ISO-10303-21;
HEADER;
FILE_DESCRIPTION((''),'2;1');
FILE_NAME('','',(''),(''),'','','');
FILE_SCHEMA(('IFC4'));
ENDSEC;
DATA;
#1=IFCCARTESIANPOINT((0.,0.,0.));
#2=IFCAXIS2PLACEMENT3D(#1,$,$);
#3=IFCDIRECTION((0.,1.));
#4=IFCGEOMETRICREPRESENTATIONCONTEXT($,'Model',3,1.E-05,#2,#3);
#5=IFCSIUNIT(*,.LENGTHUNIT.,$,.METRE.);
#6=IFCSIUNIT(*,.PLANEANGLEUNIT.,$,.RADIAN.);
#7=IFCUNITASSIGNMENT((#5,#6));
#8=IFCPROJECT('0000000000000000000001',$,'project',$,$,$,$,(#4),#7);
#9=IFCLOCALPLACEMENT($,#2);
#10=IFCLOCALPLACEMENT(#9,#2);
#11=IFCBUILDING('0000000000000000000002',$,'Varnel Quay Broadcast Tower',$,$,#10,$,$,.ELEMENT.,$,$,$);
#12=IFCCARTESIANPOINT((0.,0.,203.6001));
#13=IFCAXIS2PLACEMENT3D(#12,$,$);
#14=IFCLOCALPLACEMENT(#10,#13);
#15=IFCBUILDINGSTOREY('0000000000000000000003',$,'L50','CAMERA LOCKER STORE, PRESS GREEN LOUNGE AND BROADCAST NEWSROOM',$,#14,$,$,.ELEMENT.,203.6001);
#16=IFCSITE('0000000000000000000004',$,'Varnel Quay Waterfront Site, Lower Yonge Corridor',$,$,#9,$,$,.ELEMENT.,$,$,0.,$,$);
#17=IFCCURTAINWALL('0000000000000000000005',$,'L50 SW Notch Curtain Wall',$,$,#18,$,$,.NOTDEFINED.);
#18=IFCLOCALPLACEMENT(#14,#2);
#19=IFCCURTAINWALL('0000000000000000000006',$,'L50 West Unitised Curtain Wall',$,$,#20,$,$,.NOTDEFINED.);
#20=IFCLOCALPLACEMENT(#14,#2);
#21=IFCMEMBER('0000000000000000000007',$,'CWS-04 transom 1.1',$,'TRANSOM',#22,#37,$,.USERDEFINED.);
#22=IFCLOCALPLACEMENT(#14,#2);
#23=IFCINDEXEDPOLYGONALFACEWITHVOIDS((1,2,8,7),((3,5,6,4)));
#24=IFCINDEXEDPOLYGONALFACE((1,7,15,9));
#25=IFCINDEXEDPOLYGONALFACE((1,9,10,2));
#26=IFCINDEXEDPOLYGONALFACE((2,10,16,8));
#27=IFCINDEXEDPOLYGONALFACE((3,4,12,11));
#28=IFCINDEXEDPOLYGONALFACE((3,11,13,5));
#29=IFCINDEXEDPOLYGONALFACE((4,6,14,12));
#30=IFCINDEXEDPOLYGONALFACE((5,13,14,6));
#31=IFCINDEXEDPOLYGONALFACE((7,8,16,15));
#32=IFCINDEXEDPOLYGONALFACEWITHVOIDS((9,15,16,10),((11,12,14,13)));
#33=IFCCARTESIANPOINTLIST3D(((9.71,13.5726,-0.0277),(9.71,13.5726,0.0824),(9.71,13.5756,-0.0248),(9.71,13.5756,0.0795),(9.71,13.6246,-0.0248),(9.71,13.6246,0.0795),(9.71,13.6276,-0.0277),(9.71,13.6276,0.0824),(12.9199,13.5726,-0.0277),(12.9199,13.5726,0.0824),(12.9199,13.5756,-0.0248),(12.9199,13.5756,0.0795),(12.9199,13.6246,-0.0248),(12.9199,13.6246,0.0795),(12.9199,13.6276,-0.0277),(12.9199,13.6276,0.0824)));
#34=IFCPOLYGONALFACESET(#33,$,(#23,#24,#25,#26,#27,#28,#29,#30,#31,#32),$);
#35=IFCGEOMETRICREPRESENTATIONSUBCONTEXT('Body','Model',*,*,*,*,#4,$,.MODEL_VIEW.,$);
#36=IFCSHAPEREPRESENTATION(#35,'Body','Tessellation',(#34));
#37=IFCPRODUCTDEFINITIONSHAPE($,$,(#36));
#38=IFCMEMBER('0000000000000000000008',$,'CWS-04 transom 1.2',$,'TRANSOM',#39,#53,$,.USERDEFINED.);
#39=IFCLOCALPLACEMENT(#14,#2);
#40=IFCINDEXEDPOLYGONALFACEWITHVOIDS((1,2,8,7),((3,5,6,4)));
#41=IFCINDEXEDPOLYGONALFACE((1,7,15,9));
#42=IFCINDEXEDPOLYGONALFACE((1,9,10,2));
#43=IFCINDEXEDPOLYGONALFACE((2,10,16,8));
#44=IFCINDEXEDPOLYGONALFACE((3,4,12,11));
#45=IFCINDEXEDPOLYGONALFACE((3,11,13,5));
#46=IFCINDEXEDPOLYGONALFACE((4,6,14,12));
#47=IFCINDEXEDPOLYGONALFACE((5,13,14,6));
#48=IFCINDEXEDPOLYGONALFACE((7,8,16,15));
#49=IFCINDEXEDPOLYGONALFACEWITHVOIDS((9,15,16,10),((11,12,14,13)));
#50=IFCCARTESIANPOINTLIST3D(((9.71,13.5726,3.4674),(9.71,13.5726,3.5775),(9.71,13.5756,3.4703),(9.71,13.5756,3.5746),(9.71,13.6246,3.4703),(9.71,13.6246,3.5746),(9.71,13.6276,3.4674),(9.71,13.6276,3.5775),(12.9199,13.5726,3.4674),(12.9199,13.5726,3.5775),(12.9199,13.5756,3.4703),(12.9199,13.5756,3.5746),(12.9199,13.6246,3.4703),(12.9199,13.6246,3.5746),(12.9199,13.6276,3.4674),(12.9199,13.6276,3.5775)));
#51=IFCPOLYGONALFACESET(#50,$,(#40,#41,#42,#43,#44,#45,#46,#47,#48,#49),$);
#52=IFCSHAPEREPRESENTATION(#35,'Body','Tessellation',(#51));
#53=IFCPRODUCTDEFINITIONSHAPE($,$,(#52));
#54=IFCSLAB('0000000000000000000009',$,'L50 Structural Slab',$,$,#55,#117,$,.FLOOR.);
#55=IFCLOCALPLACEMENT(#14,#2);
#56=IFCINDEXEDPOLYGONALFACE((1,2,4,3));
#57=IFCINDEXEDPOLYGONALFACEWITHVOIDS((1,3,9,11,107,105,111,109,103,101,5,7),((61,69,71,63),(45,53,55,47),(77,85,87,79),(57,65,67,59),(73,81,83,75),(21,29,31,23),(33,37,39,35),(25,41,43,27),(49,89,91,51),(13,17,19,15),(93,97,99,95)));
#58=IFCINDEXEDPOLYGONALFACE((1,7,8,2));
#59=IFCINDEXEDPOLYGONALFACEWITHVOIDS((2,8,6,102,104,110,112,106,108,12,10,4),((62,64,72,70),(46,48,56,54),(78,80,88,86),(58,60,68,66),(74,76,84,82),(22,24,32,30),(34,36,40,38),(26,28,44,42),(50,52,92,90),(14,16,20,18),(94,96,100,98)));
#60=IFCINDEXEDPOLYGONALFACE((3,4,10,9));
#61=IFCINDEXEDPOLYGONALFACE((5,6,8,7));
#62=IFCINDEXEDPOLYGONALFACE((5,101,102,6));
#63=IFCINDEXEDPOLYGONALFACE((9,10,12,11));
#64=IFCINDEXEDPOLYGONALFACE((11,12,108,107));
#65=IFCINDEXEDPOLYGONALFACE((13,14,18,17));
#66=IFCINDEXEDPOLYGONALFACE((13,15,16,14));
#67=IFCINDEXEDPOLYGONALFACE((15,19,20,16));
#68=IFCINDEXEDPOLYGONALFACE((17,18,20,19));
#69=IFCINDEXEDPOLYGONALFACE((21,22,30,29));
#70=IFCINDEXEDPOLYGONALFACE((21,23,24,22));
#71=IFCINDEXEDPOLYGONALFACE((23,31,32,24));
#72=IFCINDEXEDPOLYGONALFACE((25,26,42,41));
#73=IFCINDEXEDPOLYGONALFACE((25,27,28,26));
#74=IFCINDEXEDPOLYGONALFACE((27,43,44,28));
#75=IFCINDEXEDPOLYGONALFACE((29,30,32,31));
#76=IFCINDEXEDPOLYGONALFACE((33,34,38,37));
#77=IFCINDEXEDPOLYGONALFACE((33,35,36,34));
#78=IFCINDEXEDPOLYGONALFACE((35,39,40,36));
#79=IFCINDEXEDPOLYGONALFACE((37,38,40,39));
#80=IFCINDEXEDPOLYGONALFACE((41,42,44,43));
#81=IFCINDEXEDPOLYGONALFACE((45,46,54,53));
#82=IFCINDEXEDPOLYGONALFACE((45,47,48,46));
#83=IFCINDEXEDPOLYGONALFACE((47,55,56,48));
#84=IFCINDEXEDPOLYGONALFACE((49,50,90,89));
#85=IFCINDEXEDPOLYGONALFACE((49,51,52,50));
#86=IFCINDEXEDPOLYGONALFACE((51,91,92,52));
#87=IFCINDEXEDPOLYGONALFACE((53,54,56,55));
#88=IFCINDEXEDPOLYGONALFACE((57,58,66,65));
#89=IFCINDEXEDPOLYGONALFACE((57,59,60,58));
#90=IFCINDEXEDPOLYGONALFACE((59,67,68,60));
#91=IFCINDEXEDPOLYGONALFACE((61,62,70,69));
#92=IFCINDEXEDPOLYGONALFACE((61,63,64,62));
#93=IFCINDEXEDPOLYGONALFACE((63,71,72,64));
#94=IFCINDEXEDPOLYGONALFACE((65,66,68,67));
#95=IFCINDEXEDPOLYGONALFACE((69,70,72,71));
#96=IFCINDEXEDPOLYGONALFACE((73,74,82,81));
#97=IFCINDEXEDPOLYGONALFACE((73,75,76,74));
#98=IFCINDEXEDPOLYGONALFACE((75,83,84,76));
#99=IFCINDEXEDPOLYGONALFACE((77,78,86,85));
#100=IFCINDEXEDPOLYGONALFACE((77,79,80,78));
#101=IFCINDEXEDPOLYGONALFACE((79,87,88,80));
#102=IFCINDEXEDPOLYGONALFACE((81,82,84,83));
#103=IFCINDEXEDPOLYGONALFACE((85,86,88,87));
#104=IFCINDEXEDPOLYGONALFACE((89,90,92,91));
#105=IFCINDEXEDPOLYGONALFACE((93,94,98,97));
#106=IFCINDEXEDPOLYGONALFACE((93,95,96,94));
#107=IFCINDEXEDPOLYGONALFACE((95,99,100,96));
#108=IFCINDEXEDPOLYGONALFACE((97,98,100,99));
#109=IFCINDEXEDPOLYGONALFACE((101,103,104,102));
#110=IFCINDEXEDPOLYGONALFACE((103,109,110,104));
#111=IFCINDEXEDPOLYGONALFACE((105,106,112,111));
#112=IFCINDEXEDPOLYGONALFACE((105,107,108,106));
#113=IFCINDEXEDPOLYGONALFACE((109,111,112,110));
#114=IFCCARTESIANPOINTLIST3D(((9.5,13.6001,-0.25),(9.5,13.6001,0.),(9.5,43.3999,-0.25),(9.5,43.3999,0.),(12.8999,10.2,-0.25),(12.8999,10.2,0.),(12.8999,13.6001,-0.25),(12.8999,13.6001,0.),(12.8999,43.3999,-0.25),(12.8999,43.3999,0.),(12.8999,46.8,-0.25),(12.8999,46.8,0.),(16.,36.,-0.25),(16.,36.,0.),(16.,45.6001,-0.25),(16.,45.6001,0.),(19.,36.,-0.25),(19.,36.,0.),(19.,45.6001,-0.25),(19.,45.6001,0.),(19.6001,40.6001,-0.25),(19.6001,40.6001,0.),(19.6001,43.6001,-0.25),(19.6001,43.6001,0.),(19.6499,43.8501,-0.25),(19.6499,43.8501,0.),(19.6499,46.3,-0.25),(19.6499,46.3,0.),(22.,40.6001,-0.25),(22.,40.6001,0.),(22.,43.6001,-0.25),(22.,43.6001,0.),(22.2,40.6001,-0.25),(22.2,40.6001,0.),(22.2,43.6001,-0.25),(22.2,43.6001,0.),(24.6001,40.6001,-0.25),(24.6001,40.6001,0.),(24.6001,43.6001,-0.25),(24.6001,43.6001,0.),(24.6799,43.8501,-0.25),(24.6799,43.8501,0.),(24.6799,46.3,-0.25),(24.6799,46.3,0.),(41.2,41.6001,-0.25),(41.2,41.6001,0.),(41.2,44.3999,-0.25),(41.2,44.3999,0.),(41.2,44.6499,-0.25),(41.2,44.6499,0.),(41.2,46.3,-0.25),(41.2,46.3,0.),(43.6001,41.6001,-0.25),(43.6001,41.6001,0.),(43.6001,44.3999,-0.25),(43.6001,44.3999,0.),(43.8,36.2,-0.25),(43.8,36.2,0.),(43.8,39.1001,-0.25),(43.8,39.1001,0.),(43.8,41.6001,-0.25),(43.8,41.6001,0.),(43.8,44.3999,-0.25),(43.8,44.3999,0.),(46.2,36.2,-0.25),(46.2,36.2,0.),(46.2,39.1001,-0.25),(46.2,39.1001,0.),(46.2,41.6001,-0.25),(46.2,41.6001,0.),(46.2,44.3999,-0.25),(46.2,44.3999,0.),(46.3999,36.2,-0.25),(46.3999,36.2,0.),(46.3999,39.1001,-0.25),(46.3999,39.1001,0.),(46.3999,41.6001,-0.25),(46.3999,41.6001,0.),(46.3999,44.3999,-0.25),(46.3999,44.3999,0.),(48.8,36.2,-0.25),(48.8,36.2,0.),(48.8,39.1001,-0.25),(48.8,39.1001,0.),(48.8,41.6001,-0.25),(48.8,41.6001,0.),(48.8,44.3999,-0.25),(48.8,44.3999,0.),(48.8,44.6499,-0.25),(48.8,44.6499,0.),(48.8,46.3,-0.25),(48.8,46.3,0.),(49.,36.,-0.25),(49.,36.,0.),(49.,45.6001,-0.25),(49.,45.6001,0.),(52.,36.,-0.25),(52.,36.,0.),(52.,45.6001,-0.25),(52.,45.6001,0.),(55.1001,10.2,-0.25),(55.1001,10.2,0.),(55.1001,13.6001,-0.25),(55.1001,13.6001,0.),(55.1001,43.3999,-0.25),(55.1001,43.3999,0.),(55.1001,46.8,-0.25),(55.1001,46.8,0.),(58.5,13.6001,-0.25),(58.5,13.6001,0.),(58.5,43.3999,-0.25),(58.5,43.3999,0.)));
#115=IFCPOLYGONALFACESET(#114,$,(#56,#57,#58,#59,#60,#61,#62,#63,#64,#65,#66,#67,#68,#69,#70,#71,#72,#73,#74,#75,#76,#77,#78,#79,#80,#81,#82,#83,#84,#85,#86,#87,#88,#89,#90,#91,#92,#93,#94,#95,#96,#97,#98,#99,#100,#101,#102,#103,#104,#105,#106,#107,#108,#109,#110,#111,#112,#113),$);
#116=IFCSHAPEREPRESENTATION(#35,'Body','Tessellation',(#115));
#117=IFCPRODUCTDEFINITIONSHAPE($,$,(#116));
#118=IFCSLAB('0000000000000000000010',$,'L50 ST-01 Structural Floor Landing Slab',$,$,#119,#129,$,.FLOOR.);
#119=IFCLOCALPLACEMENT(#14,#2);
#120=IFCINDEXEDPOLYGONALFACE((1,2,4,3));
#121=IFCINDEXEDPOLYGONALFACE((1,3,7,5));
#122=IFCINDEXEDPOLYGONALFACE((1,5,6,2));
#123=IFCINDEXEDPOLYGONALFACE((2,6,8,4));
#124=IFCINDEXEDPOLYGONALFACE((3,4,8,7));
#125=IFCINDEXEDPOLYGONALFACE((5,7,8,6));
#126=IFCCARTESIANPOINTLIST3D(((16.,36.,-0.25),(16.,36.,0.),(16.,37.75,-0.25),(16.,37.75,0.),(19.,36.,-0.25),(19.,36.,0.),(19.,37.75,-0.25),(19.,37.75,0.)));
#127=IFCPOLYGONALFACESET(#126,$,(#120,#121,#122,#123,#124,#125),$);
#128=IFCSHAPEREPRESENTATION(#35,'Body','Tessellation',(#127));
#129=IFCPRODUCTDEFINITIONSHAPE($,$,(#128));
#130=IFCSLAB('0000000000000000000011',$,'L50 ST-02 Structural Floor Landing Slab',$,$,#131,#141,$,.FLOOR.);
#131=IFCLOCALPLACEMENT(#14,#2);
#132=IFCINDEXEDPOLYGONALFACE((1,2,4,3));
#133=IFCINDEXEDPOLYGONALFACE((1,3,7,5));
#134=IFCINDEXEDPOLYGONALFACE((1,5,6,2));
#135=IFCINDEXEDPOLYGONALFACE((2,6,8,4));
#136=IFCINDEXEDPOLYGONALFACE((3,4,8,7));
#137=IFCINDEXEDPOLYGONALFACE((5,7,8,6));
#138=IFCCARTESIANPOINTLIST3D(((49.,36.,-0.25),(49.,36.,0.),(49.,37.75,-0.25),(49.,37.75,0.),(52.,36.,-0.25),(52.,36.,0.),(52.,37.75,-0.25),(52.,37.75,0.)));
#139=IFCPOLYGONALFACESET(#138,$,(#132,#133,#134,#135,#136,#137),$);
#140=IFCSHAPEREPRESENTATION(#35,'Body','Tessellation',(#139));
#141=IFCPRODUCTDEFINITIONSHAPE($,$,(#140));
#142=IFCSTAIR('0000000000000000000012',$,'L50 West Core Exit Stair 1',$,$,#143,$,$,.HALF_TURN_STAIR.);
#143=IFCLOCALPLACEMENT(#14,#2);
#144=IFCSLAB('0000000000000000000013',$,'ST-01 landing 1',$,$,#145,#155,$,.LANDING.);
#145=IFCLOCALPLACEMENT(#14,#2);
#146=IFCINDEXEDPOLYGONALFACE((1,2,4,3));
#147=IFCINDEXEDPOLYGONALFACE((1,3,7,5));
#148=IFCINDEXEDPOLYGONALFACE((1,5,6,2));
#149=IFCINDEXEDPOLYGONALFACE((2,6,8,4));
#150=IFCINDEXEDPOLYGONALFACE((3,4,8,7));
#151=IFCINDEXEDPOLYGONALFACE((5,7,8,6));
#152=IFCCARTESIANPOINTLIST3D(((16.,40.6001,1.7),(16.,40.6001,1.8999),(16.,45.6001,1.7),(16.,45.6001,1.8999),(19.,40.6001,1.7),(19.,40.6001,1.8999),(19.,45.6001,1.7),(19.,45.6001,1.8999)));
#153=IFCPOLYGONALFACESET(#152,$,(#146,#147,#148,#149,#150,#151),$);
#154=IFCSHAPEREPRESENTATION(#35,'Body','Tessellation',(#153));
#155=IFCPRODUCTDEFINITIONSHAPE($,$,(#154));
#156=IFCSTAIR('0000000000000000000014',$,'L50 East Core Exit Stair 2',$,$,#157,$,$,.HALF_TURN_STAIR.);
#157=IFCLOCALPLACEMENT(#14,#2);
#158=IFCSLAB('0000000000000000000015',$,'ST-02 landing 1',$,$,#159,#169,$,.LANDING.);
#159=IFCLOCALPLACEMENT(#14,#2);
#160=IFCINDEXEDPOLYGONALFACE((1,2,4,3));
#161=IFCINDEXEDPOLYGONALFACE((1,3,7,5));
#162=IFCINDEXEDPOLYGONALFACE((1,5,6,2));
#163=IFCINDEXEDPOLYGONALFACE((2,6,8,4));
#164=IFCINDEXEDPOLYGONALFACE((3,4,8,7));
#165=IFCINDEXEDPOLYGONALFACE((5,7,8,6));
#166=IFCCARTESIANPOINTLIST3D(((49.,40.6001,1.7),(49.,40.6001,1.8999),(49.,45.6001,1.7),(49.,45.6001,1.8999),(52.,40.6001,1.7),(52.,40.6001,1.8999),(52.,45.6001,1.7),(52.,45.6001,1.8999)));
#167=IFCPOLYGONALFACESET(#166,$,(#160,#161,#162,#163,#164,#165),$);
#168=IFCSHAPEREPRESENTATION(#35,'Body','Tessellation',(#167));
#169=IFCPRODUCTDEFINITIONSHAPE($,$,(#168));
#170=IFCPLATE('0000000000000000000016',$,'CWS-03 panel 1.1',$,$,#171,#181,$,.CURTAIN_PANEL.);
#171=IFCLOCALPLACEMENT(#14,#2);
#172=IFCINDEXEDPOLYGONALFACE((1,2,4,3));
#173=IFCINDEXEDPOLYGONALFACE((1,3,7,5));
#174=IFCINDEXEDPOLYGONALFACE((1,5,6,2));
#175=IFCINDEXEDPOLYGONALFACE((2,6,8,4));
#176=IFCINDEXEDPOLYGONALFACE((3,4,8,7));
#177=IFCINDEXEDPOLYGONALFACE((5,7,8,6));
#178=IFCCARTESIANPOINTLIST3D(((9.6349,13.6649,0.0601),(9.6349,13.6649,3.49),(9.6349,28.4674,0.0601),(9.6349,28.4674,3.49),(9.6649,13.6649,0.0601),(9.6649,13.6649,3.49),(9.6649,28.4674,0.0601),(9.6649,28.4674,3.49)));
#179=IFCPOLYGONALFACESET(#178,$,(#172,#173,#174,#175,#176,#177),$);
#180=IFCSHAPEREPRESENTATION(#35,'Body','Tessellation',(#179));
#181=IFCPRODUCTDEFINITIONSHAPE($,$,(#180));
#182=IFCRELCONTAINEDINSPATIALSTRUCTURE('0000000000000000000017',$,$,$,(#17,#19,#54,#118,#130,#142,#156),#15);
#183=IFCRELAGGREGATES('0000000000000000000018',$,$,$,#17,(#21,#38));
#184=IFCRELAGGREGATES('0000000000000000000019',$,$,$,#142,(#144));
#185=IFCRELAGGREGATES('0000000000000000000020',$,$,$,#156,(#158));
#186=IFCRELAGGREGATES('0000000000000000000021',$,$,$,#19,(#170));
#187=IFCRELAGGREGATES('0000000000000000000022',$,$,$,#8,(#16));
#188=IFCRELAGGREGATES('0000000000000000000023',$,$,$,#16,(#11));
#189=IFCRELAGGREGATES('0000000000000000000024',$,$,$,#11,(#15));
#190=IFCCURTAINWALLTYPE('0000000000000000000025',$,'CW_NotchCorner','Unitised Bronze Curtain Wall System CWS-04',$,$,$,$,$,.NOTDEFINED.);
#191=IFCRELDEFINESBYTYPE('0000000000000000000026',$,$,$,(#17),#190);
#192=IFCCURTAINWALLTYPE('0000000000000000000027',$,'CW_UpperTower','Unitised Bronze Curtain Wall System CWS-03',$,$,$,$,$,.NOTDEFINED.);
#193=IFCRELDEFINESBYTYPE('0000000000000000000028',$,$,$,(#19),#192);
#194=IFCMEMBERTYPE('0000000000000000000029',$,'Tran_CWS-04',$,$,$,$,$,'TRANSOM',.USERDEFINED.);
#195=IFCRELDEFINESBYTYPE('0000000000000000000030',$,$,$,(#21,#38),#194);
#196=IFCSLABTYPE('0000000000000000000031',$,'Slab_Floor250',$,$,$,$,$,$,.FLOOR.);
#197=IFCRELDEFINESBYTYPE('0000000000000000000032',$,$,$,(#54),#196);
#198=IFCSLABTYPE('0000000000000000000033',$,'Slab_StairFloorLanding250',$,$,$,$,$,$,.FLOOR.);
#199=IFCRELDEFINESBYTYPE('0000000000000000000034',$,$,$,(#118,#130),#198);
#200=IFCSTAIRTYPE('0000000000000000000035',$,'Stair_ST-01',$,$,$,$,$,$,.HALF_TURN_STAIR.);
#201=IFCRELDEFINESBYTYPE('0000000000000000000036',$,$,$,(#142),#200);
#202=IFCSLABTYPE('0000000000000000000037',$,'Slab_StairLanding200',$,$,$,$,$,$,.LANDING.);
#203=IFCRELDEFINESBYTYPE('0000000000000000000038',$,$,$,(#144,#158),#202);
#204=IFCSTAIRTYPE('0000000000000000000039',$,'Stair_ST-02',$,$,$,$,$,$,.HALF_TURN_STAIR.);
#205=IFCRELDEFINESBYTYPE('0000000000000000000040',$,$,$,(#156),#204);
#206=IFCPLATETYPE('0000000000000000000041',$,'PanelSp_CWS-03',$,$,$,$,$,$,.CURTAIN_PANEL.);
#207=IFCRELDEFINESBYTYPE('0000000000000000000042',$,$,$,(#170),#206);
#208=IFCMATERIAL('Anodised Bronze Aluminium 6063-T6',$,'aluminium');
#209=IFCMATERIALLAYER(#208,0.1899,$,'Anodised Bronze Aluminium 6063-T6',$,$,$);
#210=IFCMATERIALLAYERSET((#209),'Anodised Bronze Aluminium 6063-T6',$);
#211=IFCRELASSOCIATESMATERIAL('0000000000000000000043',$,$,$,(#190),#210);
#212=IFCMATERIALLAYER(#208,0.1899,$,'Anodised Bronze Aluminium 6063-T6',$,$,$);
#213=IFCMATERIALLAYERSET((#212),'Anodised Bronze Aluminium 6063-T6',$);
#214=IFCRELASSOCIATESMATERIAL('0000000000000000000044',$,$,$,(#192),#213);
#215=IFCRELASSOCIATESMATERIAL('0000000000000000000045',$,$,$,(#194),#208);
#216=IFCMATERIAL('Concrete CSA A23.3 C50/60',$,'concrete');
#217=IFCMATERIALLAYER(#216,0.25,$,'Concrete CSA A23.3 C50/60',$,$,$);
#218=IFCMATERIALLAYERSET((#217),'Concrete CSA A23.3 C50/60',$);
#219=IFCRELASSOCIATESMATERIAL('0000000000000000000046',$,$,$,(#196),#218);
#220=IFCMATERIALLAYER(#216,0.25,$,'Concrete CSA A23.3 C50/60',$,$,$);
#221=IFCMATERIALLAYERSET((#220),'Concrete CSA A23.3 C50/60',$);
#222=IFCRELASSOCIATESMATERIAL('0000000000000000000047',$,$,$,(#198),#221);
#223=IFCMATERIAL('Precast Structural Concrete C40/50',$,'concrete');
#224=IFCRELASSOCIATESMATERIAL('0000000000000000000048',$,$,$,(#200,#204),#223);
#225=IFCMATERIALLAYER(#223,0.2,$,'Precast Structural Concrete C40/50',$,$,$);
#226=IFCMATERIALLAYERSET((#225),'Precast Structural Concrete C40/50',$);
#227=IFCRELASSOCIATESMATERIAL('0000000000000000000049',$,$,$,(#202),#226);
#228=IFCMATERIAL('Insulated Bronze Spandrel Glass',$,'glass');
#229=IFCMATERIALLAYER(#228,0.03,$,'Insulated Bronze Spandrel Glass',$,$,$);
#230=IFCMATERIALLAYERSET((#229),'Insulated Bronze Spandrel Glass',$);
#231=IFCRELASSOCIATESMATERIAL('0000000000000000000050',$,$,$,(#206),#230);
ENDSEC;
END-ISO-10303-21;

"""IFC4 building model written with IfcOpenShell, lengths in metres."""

from ifc_helpers import new_model, si_unit, direction, frame, origin, origin_2d, place, context, subcontext, project, spatial, polyline, rectangle, hollow_rectangle, outline, extrude, source, transform, mapped, material, layer, layer_set, material_profile, profile_set, type_object, type_shapes, element, aggregate, save


model = new_model("IFC4")

# Units and contexts
model_context = context("Model", 3, precision=1e-05, world=origin(), true_north=direction((0.0, 1.0)))
body_context = subcontext(model_context, "Body", "Model", "MODEL_VIEW")
ifc_project = project(units=[si_unit("LENGTHUNIT", "METRE"), si_unit("PLANEANGLEUNIT", "RADIAN")], contexts=[model_context])

# Site, building, storey
site_placement = place(None, origin())
site = spatial("IfcSite", under=ifc_project, at=site_placement, Name="Varnel Quay Waterfront Site, Lower Yonge Corridor", CompositionType="ELEMENT", RefElevation=0.0)
building_placement = place(site_placement, origin())
building = spatial("IfcBuilding", under=site, at=building_placement, Name="Varnel Quay Broadcast Tower", CompositionType="ELEMENT")
storey_placement = place(building_placement, frame((0.0, 0.0, 203.6001)))
storey = spatial("IfcBuildingStorey", under=building, at=storey_placement, Name="L50", Description="CAMERA LOCKER STORE, PRESS GREEN LOUNGE AND BROADCAST NEWSROOM", CompositionType="ELEMENT", Elevation=203.6001)

# Curtain wall
ifc_material_1 = material(Name="Anodised Bronze Aluminium 6063-T6", Category="aluminium")
ifc_layer_1 = layer(ifc_material_1, 0.1899, Name="Anodised Bronze Aluminium 6063-T6")
ifc_layer_set_1 = layer_set([ifc_layer_1], Name="Anodised Bronze Aluminium 6063-T6")
curtain_wall_type_1 = type_object("IfcCurtainWallType", Name="CW_NotchCorner", Description="Unitised Bronze Curtain Wall System CWS-04", PredefinedType="NOTDEFINED", material=ifc_layer_set_1)
curtain_wall_1_placement = place(storey_placement, origin())
curtain_wall_1 = element("IfcCurtainWall", 1, at=curtain_wall_1_placement, inside=storey, type_object=curtain_wall_type_1, Name="L50 SW Notch Curtain Wall", PredefinedType="NOTDEFINED")

# Curtain wall
ifc_layer_2 = layer(ifc_material_1, 0.1899, Name="Anodised Bronze Aluminium 6063-T6")
ifc_layer_set_2 = layer_set([ifc_layer_2], Name="Anodised Bronze Aluminium 6063-T6")
curtain_wall_type_2 = type_object("IfcCurtainWallType", Name="CW_UpperTower", Description="Unitised Bronze Curtain Wall System CWS-03", PredefinedType="NOTDEFINED", material=ifc_layer_set_2)
curtain_wall_2_placement = place(storey_placement, origin())
curtain_wall_2 = element("IfcCurtainWall", 2, at=curtain_wall_2_placement, inside=storey, type_object=curtain_wall_type_2, Name="L50 West Unitised Curtain Wall", PredefinedType="NOTDEFINED")

# Members
ifc_material_profile_1 = material_profile(ifc_material_1, hollow_rectangle(XDim=0.0549, YDim=0.1101, WallThickness=0.0029, at=origin_2d()), Name="ALU55X110X3")
ifc_profile_set_1 = profile_set([ifc_material_profile_1], Name="Anodised Bronze Aluminium 6063-T6")
member_type_1 = type_object("IfcMemberType", Name="Tran_CWS-04", ElementType="TRANSOM", PredefinedType="USERDEFINED", material=ifc_profile_set_1)
shared_shape_1 = source(origin(), body_context, "Body", "SweptSolid", [
    extrude(hollow_rectangle(XDim=0.0549, YDim=0.1101, WallThickness=0.0029, at=origin_2d()), origin(), (0.0, 0.0, 1.0), 3.21),
])
type_shapes(member_type_1, [shared_shape_1])
member_1_placement = place(storey_placement, frame((9.71, 13.6001, 0.0273), z_axis=(1.0, 0.0, 0.0), x_axis=(0.0, 1.0, 0.0)))
member_1 = element("IfcMember", 3, at=member_1_placement, type_object=member_type_1, Name="CWS-04 transom 1.1", ObjectType="TRANSOM", PredefinedType="USERDEFINED", context=body_context, shape_type="MappedRepresentation", body=[
    mapped(shared_shape_1, transform((0.0, 0.0, 0.0), x_axis=(1.0, 0.0, 0.0), y_axis=(0.0, 1.0, 0.0), z_axis=(0.0, 0.0, 1.0), scale=1.0)),
])
member_2_placement = place(storey_placement, frame((9.71, 13.6001, 3.5225), z_axis=(1.0, 0.0, 0.0), x_axis=(0.0, 1.0, 0.0)))
member_2 = element("IfcMember", 4, at=member_2_placement, type_object=member_type_1, Name="CWS-04 transom 1.2", ObjectType="TRANSOM", PredefinedType="USERDEFINED", context=body_context, shape_type="MappedRepresentation", body=[
    mapped(shared_shape_1, transform((0.0, 0.0, 0.0), x_axis=(1.0, 0.0, 0.0), y_axis=(0.0, 1.0, 0.0), z_axis=(0.0, 0.0, 1.0), scale=1.0)),
])
aggregate(curtain_wall_1, [member_1, member_2])

# Slabs
ifc_material_2 = material(Name="Concrete CSA A23.3 C50/60", Category="concrete")
ifc_layer_3 = layer(ifc_material_2, 0.25, Name="Concrete CSA A23.3 C50/60")
ifc_layer_set_3 = layer_set([ifc_layer_3], Name="Concrete CSA A23.3 C50/60")
slab_type_1 = type_object("IfcSlabType", Name="Slab_Floor250", PredefinedType="FLOOR", material=ifc_layer_set_3)
slab_1_placement = place(storey_placement, frame((0.0, 0.0, -0.25)))
element("IfcSlab", 5, at=slab_1_placement, inside=storey, type_object=slab_type_1, Name="L50 Structural Slab", PredefinedType="FLOOR", context=body_context, shape_type="SweptSolid", body=[
    extrude(outline(polyline([(12.8999, 10.2), (55.1001, 10.2), (55.1001, 13.6001), (58.5, 13.6001), (58.5, 43.3999), (55.1001, 43.3999), (55.1001, 46.8), (12.8999, 46.8), (12.8999, 43.3999), (9.5, 43.3999), (9.5, 13.6001), (12.8999, 13.6001), (12.8999, 10.2)]), holes=[polyline([(19.0, 36.0), (16.0, 36.0), (16.0, 45.6001), (19.0, 45.6001), (19.0, 36.0)]), polyline([(19.6001, 40.6001), (19.6001, 43.6001), (22.0, 43.6001), (22.0, 40.6001), (19.6001, 40.6001)]), polyline([(22.2, 40.6001), (22.2, 43.6001), (24.6001, 43.6001), (24.6001, 40.6001), (22.2, 40.6001)]), polyline([(41.2, 44.3999), (43.6001, 44.3999), (43.6001, 41.6001), (41.2, 41.6001), (41.2, 44.3999)]), polyline([(43.8, 44.3999), (46.2, 44.3999), (46.2, 41.6001), (43.8, 41.6001), (43.8, 44.3999)]), polyline([(19.6499, 43.8501), (19.6499, 46.3), (24.6799, 46.3), (24.6799, 43.8501), (19.6499, 43.8501)]), polyline([(43.8, 39.1001), (46.2, 39.1001), (46.2, 36.2), (43.8, 36.2), (43.8, 39.1001)]), polyline([(46.3999, 39.1001), (48.8, 39.1001), (48.8, 36.2), (46.3999, 36.2), (46.3999, 39.1001)]), polyline([(52.0, 36.0), (49.0, 36.0), (49.0, 45.6001), (52.0, 45.6001), (52.0, 36.0)]), polyline([(46.3999, 44.3999), (48.8, 44.3999), (48.8, 41.6001), (46.3999, 41.6001), (46.3999, 44.3999)]), polyline([(41.2, 46.3), (48.8, 46.3), (48.8, 44.6499), (41.2, 44.6499), (41.2, 46.3)])]), origin(), (0.0, 0.0, 1.0), 0.25),
])
ifc_layer_4 = layer(ifc_material_2, 0.25, Name="Concrete CSA A23.3 C50/60")
ifc_layer_set_4 = layer_set([ifc_layer_4], Name="Concrete CSA A23.3 C50/60")
slab_type_2 = type_object("IfcSlabType", Name="Slab_StairFloorLanding250", PredefinedType="FLOOR", material=ifc_layer_set_4)
slab_2_placement = place(storey_placement, frame((0.0, 0.0, -0.25)))
element("IfcSlab", 6, at=slab_2_placement, inside=storey, type_object=slab_type_2, Name="L50 ST-01 Structural Floor Landing Slab", PredefinedType="FLOOR", context=body_context, shape_type="SweptSolid", body=[
    extrude(outline(polyline([(19.0, 36.0), (19.0, 37.75), (16.0, 37.75), (16.0, 36.0), (19.0, 36.0)])), origin(), (0.0, 0.0, 1.0), 0.25),
])
slab_3_placement = place(storey_placement, frame((0.0, 0.0, -0.25)))
element("IfcSlab", 7, at=slab_3_placement, inside=storey, type_object=slab_type_2, Name="L50 ST-02 Structural Floor Landing Slab", PredefinedType="FLOOR", context=body_context, shape_type="SweptSolid", body=[
    extrude(outline(polyline([(52.0, 36.0), (52.0, 37.75), (49.0, 37.75), (49.0, 36.0), (52.0, 36.0)])), origin(), (0.0, 0.0, 1.0), 0.25),
])

# Stairs, slabs
ifc_material_3 = material(Name="Precast Structural Concrete C40/50", Category="concrete")
stair_type_1 = type_object("IfcStairType", Name="Stair_ST-01", PredefinedType="HALF_TURN_STAIR", material=ifc_material_3)
stair_1_placement = place(storey_placement, origin())
stair_1 = element("IfcStair", 8, at=stair_1_placement, inside=storey, type_object=stair_type_1, Name="L50 West Core Exit Stair 1", PredefinedType="HALF_TURN_STAIR")
ifc_layer_5 = layer(ifc_material_3, 0.2, Name="Precast Structural Concrete C40/50")
ifc_layer_set_5 = layer_set([ifc_layer_5], Name="Precast Structural Concrete C40/50")
slab_type_3 = type_object("IfcSlabType", Name="Slab_StairLanding200", PredefinedType="LANDING", material=ifc_layer_set_5)
slab_4_placement = place(storey_placement, frame((0.0, 0.0, 1.7)))
slab_4 = element("IfcSlab", 9, at=slab_4_placement, type_object=slab_type_3, Name="ST-01 landing 1", PredefinedType="LANDING", context=body_context, shape_type="SweptSolid", body=[
    extrude(outline(polyline([(19.0, 40.6001), (19.0, 45.6001), (16.0, 45.6001), (16.0, 40.6001), (19.0, 40.6001)])), origin(), (0.0, 0.0, 1.0), 0.2),
])
aggregate(stair_1, [slab_4])
stair_type_2 = type_object("IfcStairType", Name="Stair_ST-02", PredefinedType="HALF_TURN_STAIR", material=ifc_material_3)
stair_2_placement = place(storey_placement, origin())
stair_2 = element("IfcStair", 10, at=stair_2_placement, inside=storey, type_object=stair_type_2, Name="L50 East Core Exit Stair 2", PredefinedType="HALF_TURN_STAIR")
slab_5_placement = place(storey_placement, frame((0.0, 0.0, 1.7)))
slab_5 = element("IfcSlab", 11, at=slab_5_placement, type_object=slab_type_3, Name="ST-02 landing 1", PredefinedType="LANDING", context=body_context, shape_type="SweptSolid", body=[
    extrude(outline(polyline([(52.0, 40.6001), (52.0, 45.6001), (49.0, 45.6001), (49.0, 40.6001), (52.0, 40.6001)])), origin(), (0.0, 0.0, 1.0), 0.2),
])
aggregate(stair_2, [slab_5])

# Plate
ifc_material_4 = material(Name="Insulated Bronze Spandrel Glass", Category="glass")
ifc_layer_6 = layer(ifc_material_4, 0.03, Name="Insulated Bronze Spandrel Glass")
ifc_layer_set_6 = layer_set([ifc_layer_6], Name="Insulated Bronze Spandrel Glass")
plate_type = type_object("IfcPlateType", Name="PanelSp_CWS-03", PredefinedType="CURTAIN_PANEL", material=ifc_layer_set_6)
shared_shape_2 = source(origin(), body_context, "Body", "SweptSolid", [
    extrude(rectangle(XDim=14.8025, YDim=0.03, at=origin_2d()), origin(), (0.0, 0.0, 1.0), 3.4299),
])
type_shapes(plate_type, [shared_shape_2])
plate_placement = place(storey_placement, frame((9.6499, 21.0662, 0.0601), z_axis=(0.0, 0.0, 1.0), x_axis=(0.0, 1.0, 0.0)))
plate = element("IfcPlate", 12, at=plate_placement, type_object=plate_type, Name="CWS-03 panel 1.1", PredefinedType="CURTAIN_PANEL", context=body_context, shape_type="MappedRepresentation", body=[
    mapped(shared_shape_2, transform((0.0, 0.0, 0.0), x_axis=(1.0, 0.0, 0.0), y_axis=(0.0, 1.0, 0.0), z_axis=(0.0, 0.0, 1.0), scale=1.0)),
])
aggregate(curtain_wall_2, [plate])

save(model, "model.ifc")
